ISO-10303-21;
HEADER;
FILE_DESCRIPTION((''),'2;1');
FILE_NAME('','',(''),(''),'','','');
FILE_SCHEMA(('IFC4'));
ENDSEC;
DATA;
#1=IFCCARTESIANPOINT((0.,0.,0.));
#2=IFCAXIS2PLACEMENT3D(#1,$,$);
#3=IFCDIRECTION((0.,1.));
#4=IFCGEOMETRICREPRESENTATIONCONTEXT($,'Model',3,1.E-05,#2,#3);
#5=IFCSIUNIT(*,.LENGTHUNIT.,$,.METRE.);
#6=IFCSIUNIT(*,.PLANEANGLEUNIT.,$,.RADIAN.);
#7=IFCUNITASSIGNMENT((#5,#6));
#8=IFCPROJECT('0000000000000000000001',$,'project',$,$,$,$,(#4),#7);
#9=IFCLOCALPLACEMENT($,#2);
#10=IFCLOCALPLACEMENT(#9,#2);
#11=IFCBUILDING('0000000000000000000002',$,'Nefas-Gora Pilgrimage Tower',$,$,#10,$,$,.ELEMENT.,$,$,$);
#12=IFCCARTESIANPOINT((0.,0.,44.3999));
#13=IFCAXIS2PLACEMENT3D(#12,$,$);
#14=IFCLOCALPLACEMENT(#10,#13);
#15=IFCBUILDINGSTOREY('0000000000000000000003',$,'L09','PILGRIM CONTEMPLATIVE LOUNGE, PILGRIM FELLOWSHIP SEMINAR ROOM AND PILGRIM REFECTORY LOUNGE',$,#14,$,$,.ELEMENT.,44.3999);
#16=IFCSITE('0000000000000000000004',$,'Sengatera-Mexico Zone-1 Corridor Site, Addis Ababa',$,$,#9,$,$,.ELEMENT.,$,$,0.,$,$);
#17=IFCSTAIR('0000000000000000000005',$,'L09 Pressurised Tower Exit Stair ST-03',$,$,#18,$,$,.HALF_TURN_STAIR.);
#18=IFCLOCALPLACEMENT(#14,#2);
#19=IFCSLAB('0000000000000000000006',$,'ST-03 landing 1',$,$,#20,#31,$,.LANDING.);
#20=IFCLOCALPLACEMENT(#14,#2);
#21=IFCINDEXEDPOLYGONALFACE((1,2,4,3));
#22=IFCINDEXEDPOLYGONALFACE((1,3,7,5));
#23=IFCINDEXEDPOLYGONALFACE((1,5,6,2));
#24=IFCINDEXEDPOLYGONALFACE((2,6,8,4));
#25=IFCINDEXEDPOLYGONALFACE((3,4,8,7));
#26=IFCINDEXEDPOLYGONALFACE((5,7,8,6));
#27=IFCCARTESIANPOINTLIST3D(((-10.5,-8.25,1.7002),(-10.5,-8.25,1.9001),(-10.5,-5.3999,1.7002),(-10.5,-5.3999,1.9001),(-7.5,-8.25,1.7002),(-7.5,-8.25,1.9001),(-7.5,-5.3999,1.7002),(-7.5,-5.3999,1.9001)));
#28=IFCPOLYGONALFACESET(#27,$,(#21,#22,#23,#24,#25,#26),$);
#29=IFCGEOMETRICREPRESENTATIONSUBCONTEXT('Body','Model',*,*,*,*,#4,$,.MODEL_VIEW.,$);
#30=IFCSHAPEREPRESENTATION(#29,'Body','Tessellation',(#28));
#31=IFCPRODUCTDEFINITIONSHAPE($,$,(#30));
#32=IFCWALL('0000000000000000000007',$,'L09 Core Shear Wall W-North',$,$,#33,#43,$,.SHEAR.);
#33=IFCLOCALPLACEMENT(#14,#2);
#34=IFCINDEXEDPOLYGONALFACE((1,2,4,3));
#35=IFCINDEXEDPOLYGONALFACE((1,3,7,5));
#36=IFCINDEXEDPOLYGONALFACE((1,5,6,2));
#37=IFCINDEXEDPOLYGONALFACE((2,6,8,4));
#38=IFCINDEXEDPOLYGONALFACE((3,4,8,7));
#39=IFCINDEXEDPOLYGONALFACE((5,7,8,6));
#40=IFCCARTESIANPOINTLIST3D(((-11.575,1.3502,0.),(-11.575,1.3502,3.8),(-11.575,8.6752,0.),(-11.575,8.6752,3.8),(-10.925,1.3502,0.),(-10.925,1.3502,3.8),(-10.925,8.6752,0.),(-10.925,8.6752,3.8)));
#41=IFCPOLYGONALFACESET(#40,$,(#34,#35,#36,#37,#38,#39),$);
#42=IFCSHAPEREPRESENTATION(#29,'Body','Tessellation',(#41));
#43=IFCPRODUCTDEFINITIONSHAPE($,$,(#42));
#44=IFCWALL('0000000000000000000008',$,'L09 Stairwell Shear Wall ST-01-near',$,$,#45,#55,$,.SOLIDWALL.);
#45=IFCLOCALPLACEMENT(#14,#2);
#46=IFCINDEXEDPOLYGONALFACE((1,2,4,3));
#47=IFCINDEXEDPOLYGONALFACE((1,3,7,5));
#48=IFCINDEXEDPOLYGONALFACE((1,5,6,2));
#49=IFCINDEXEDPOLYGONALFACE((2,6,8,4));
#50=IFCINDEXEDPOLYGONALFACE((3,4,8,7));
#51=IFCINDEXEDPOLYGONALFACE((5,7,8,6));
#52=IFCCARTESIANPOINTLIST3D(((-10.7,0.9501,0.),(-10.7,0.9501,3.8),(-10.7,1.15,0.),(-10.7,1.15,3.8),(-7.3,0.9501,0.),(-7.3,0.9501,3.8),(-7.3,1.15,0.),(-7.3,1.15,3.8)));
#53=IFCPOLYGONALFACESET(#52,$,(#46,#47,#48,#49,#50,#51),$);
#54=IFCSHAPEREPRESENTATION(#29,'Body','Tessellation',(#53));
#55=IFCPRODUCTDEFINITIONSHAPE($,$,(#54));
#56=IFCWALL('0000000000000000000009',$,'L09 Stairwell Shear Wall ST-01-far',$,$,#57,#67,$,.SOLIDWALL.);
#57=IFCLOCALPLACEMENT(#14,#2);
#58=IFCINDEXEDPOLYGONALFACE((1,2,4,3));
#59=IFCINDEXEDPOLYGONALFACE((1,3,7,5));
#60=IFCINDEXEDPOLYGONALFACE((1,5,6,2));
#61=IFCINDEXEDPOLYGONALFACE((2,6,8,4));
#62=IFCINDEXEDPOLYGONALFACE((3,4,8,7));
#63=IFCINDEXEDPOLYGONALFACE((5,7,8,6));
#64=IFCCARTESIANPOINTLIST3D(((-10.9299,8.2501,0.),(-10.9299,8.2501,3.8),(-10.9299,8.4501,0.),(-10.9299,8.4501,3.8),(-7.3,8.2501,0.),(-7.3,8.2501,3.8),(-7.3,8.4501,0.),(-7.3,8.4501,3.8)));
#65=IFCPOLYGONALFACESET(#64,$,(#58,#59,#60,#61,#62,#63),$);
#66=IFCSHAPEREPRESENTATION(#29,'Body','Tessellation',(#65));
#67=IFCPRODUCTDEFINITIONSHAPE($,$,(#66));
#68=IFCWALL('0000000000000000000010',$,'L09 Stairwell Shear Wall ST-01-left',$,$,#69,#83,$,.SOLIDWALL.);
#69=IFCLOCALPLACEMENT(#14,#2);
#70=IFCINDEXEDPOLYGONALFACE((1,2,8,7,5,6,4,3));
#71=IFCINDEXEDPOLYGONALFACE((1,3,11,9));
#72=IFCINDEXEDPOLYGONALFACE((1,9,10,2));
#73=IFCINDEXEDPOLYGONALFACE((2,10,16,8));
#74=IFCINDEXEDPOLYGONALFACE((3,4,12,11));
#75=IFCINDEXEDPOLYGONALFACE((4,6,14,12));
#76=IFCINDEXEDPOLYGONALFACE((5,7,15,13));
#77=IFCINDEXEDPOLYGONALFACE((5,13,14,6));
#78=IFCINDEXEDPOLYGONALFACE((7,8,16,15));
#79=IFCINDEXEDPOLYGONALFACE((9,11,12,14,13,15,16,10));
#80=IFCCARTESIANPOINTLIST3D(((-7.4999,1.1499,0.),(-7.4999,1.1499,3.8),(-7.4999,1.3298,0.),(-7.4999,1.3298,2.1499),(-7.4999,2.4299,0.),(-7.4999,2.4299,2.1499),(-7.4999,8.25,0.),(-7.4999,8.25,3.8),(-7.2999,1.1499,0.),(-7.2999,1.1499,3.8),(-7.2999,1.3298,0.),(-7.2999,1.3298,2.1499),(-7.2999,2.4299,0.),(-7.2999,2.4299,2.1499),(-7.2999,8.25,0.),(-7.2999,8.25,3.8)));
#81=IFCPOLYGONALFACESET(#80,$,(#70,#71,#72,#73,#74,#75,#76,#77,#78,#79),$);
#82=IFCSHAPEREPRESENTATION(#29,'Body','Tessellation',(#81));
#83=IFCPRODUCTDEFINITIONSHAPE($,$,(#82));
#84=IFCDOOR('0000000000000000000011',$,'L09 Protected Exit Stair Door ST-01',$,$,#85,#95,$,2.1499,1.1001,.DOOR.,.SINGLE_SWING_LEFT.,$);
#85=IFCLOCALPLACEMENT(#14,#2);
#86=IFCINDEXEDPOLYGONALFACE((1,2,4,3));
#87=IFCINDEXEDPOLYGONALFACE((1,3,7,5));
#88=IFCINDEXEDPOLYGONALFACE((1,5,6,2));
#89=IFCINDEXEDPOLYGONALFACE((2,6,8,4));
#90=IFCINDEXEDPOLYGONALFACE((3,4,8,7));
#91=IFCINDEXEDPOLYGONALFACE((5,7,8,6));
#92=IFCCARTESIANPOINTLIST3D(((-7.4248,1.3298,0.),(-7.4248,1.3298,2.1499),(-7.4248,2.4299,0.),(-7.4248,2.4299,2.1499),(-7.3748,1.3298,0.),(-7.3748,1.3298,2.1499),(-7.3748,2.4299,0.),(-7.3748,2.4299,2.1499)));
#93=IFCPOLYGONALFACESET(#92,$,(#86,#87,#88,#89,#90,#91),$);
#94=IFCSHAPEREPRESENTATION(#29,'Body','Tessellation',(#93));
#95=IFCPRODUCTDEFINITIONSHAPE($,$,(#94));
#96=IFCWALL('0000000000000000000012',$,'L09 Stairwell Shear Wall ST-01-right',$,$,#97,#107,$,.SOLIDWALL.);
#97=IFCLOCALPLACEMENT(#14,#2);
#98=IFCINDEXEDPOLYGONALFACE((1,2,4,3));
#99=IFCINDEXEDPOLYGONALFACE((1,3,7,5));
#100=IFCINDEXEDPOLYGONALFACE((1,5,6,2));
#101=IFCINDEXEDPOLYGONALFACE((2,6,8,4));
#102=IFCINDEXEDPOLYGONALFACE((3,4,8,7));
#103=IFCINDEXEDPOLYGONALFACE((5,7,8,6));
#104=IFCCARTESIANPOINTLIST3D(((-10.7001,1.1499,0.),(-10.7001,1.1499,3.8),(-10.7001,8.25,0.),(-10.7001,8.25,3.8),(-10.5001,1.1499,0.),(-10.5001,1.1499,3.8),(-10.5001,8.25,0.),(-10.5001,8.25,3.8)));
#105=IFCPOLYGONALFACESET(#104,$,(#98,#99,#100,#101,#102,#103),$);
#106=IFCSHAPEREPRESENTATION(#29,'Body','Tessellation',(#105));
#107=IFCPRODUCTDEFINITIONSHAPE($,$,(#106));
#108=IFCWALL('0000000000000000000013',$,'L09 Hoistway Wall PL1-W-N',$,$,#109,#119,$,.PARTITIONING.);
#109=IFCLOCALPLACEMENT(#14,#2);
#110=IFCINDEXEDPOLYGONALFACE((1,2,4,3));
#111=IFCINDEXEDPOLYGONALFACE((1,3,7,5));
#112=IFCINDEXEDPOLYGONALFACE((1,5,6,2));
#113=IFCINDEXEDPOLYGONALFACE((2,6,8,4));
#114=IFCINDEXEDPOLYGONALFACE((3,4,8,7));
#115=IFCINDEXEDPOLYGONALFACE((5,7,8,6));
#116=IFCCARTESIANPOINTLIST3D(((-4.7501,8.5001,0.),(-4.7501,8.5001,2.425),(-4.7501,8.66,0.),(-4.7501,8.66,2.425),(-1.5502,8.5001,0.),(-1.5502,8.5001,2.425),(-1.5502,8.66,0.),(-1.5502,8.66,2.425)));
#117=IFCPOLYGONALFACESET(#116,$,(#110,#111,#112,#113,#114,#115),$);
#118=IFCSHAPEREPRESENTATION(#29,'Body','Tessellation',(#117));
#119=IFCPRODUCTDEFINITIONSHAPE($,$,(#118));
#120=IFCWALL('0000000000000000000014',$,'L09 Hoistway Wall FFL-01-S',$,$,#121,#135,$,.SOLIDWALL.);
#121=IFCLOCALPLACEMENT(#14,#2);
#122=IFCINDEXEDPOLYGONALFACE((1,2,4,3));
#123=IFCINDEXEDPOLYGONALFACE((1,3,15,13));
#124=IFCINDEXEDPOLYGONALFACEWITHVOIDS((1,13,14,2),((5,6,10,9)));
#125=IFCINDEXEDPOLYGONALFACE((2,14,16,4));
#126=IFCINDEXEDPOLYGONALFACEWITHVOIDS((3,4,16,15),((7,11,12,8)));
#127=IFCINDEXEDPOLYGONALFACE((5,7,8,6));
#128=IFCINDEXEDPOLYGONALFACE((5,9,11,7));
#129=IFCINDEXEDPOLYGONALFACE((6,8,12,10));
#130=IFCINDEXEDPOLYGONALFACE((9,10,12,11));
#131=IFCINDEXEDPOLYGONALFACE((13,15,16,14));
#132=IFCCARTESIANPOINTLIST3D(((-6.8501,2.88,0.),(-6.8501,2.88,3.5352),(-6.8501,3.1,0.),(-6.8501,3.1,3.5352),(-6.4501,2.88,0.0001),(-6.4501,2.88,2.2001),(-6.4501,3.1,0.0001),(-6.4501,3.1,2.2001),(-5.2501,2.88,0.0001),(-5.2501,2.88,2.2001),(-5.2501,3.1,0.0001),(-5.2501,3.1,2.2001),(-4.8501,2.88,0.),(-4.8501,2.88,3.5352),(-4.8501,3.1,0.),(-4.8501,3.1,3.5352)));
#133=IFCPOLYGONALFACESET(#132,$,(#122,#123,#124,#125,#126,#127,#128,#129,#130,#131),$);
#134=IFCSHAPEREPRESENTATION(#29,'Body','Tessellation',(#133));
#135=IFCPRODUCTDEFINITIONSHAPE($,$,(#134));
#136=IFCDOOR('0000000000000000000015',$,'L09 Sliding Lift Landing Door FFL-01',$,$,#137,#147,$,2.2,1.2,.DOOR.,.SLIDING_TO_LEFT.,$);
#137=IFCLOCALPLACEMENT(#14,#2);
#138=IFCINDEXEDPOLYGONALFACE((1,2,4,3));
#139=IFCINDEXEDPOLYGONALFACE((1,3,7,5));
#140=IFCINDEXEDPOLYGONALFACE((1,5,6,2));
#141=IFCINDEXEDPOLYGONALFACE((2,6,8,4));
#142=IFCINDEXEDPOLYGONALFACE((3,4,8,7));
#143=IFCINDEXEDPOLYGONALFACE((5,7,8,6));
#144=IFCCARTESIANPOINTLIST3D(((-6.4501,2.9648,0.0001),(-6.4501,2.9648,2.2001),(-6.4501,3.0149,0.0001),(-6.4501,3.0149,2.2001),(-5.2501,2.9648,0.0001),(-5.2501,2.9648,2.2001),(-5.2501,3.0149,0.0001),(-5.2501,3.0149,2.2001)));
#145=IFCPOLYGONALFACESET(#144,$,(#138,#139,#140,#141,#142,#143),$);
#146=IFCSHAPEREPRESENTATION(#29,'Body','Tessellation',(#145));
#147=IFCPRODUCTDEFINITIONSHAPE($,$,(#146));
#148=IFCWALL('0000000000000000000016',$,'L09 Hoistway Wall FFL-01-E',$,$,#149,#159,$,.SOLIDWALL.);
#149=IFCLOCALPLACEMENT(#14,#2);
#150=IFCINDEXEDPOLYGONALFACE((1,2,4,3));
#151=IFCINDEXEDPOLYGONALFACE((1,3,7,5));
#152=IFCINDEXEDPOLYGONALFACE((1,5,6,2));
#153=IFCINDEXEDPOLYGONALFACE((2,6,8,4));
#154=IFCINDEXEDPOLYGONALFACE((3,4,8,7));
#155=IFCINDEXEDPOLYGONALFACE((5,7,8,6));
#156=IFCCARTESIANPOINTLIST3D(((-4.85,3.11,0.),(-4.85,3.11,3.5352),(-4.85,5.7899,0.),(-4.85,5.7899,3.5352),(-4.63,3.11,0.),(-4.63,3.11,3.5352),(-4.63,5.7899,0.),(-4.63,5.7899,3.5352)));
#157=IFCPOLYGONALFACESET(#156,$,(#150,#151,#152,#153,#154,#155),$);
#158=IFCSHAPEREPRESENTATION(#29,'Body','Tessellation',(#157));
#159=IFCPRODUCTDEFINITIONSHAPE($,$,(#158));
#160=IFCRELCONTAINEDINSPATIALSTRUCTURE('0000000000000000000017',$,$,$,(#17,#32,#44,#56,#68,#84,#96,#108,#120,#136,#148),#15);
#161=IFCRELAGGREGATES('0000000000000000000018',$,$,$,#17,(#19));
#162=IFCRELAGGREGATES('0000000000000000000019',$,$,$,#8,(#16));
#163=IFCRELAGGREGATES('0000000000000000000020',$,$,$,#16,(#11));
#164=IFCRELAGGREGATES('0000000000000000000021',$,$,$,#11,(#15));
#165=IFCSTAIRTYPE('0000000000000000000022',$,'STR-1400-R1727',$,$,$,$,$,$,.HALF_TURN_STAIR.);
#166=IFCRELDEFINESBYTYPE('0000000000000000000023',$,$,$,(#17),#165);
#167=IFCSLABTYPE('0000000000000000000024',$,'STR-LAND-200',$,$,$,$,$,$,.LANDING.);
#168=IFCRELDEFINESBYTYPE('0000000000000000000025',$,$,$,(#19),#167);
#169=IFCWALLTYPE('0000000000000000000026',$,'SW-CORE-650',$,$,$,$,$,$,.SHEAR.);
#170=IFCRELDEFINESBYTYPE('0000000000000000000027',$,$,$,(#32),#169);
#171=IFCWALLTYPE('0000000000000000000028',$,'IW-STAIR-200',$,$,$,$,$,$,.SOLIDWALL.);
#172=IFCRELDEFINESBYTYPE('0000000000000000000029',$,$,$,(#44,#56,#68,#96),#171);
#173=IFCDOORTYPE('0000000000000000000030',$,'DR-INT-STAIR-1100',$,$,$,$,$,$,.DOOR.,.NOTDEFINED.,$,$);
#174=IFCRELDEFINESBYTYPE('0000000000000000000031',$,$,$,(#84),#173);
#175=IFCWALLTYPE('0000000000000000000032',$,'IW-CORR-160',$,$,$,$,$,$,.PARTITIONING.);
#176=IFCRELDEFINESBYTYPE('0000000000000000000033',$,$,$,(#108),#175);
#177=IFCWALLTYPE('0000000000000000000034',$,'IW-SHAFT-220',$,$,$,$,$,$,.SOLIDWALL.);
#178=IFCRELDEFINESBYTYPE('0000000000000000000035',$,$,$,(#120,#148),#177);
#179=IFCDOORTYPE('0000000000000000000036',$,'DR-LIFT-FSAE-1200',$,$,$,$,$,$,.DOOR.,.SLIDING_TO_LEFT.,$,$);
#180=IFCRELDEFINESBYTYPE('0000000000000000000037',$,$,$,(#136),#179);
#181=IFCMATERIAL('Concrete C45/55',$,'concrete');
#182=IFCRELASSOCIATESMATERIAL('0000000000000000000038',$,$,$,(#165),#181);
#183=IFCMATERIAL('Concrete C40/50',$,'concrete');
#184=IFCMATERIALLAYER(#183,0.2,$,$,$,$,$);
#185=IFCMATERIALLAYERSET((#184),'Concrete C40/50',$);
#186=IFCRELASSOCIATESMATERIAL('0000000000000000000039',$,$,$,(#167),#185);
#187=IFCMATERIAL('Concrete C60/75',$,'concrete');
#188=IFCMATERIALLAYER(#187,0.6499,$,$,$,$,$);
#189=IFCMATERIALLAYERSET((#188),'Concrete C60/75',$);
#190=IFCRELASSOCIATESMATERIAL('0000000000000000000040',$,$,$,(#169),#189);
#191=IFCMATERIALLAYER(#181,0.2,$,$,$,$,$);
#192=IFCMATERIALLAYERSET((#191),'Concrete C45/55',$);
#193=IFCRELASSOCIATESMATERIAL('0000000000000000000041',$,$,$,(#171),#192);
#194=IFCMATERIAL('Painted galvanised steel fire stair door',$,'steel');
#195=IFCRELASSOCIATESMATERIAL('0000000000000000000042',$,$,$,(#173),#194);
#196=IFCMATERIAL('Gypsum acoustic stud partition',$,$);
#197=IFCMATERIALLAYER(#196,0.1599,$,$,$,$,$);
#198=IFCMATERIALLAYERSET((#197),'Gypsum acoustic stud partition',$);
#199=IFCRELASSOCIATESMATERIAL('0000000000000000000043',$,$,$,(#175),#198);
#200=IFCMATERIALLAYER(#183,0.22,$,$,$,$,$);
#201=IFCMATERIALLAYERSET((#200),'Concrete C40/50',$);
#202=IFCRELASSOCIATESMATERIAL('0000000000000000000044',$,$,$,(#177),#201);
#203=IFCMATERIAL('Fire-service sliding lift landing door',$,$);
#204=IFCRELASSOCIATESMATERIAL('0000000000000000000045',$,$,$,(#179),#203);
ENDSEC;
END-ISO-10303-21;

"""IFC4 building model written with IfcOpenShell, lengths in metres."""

from ifc_helpers import new_model, si_unit, direction, frame, frame_2d, origin, place, context, subcontext, project, spatial, polyline, rectangle, outline, extrude, source, transform, mapped, material, layer, layer_set, type_object, element, fill, aggregate, save


model = new_model("IFC4")

# Units and contexts
model_context = context("Model", 3, precision=1e-05, world=origin(), true_north=direction((0.0, 1.0)))
body_context = subcontext(model_context, "Body", "Model", "MODEL_VIEW")
ifc_project = project(units=[si_unit("LENGTHUNIT", "METRE"), si_unit("PLANEANGLEUNIT", "RADIAN")], contexts=[model_context])

# Site, building, storey
site_placement = place(None, origin())
site = spatial("IfcSite", under=ifc_project, at=site_placement, Name="Sengatera-Mexico Zone-1 Corridor Site, Addis Ababa", CompositionType="ELEMENT", RefElevation=0.0)
building_placement = place(site_placement, origin())
building = spatial("IfcBuilding", under=site, at=building_placement, Name="Nefas-Gora Pilgrimage Tower", CompositionType="ELEMENT")
storey_placement = place(building_placement, frame((0.0, 0.0, 44.3999)))
storey = spatial("IfcBuildingStorey", under=building, at=storey_placement, Name="L09", Description="PILGRIM CONTEMPLATIVE LOUNGE, PILGRIM FELLOWSHIP SEMINAR ROOM AND PILGRIM REFECTORY LOUNGE", CompositionType="ELEMENT", Elevation=44.3999)

# Shared definitions
ifc_material_1 = material(Name="Concrete C40/50", Category="concrete")

# Stair, slab
ifc_material_2 = material(Name="Concrete C45/55", Category="concrete")
stair_type = type_object("IfcStairType", Name="STR-1400-R1727", PredefinedType="HALF_TURN_STAIR", material=ifc_material_2)
ifc_layer_1 = layer(ifc_material_1, 0.2)
ifc_layer_set_1 = layer_set([ifc_layer_1], Name="Concrete C40/50")
slab_type_1 = type_object("IfcSlabType", Name="STR-LAND-200", PredefinedType="LANDING", material=ifc_layer_set_1)
stair_1_placement = place(storey_placement, origin())
stair_1 = element("IfcStair", 1, at=stair_1_placement, inside=storey, type_object=stair_type, Name="L09 Pressurised Tower Exit Stair ST-03", PredefinedType="HALF_TURN_STAIR")
slab_1_placement = place(storey_placement, frame((0.0, 0.0, 1.7002)))
slab_1 = element("IfcSlab", 2, at=slab_1_placement, type_object=slab_type_1, Name="ST-03 landing 1", PredefinedType="LANDING", context=body_context, shape_type="SweptSolid", body=[
    extrude(outline(polyline([(-10.5, -5.3999), (-10.5, -8.25), (-7.5, -8.25), (-7.5, -5.3999), (-10.5, -5.3999)])), origin(), (0.0, 0.0, 1.0), 0.2),
])
aggregate(stair_1, [slab_1])

# Walls
ifc_material_3 = material(Name="Concrete C60/75", Category="concrete")
ifc_layer_2 = layer(ifc_material_3, 0.6499)
ifc_layer_set_2 = layer_set([ifc_layer_2], Name="Concrete C60/75")
wall_type_1 = type_object("IfcWallType", Name="SW-CORE-650", PredefinedType="SHEAR", material=ifc_layer_set_2)
shared_shape_1 = source(origin(), body_context, "Body", "SweptSolid", [
    extrude(rectangle(XDim=7.325, YDim=0.6499, at=frame_2d((3.6626, 0.0))), origin(), (0.0, 0.0, 1.0), 3.8),
])
wall_1_placement = place(storey_placement, frame((-11.25, 1.3501, 0.0), z_axis=(0.0, 0.0, 1.0), x_axis=(0.0, 1.0, 0.0)))
element("IfcWall", 3, at=wall_1_placement, inside=storey, type_object=wall_type_1, Name="L09 Core Shear Wall W-North", PredefinedType="SHEAR", context=body_context, shape_type="MappedRepresentation", body=[
    mapped(shared_shape_1, transform((0.0, 0.0, 0.0), x_axis=(1.0, 0.0, 0.0), y_axis=(0.0, 1.0, 0.0), z_axis=(0.0, 0.0, 1.0), scale=1.0)),
])
ifc_layer_3 = layer(ifc_material_2, 0.2)
ifc_layer_set_3 = layer_set([ifc_layer_3], Name="Concrete C45/55")
wall_type_2 = type_object("IfcWallType", Name="IW-STAIR-200", PredefinedType="SOLIDWALL", material=ifc_layer_set_3)
shared_shape_2 = source(origin(), body_context, "Body", "SweptSolid", [
    extrude(rectangle(XDim=3.3999, YDim=0.2, at=frame_2d((1.7, 0.0))), origin(), (0.0, 0.0, 1.0), 3.8),
])
wall_2_placement = place(storey_placement, frame((-7.3, 1.05, 0.0), z_axis=(0.0, 0.0, 1.0), x_axis=(-1.0, 0.0, 0.0)))
element("IfcWall", 4, at=wall_2_placement, inside=storey, type_object=wall_type_2, Name="L09 Stairwell Shear Wall ST-01-near", PredefinedType="SOLIDWALL", context=body_context, shape_type="MappedRepresentation", body=[
    mapped(shared_shape_2, transform((0.0, 0.0, 0.0), x_axis=(1.0, 0.0, 0.0), y_axis=(0.0, 1.0, 0.0), z_axis=(0.0, 0.0, 1.0), scale=1.0)),
])
shared_shape_3 = source(origin(), body_context, "Body", "SweptSolid", [
    extrude(rectangle(XDim=3.6299, YDim=0.2, at=frame_2d((1.8149, 0.0))), origin(), (0.0, 0.0, 1.0), 3.8),
])
wall_3_placement = place(storey_placement, frame((-7.3, 8.3501, 0.0), z_axis=(0.0, 0.0, 1.0), x_axis=(-1.0, 0.0, 0.0)))
element("IfcWall", 5, at=wall_3_placement, inside=storey, type_object=wall_type_2, Name="L09 Stairwell Shear Wall ST-01-far", PredefinedType="SOLIDWALL", context=body_context, shape_type="MappedRepresentation", body=[
    mapped(shared_shape_3, transform((0.0, 0.0, 0.0), x_axis=(1.0, 0.0, 0.0), y_axis=(0.0, 1.0, 0.0), z_axis=(0.0, 0.0, 1.0), scale=1.0)),
])

# Wall, opening, door
shared_shape_4 = source(origin(), body_context, "Body", "SweptSolid", [
    extrude(rectangle(XDim=7.1001, YDim=0.2, at=frame_2d((3.55, 0.0))), origin(), (0.0, 0.0, 1.0), 3.8),
])
wall_4_placement = place(storey_placement, frame((-7.3999, 1.1499, 0.0), z_axis=(0.0, 0.0, 1.0), x_axis=(0.0, 1.0, 0.0)))
wall_4 = element("IfcWall", 6, at=wall_4_placement, inside=storey, type_object=wall_type_2, Name="L09 Stairwell Shear Wall ST-01-left", PredefinedType="SOLIDWALL", context=body_context, shape_type="MappedRepresentation", body=[
    mapped(shared_shape_4, transform((0.0, 0.0, 0.0), x_axis=(1.0, 0.0, 0.0), y_axis=(0.0, 1.0, 0.0), z_axis=(0.0, 0.0, 1.0), scale=1.0)),
])
opening_1_placement = place(wall_4_placement, frame((0.1799, 0.0, 0.0)))
opening_1 = element("IfcOpeningElement", 7, at=opening_1_placement, cuts=wall_4, PredefinedType="OPENING", context=body_context, shape_type="SweptSolid", body=[
    extrude(rectangle(XDim=1.1001, YDim=2.1499, at=frame_2d((0.55, 1.075))), frame((0.0, 0.1099, 0.0), z_axis=(0.0, -1.0, 0.0), x_axis=(1.0, 0.0, 0.0)), (0.0, 0.0, 1.0), 0.22),
])
ifc_material_4 = material(Name="Painted galvanised steel fire stair door", Category="steel")
door_type_1 = type_object("IfcDoorType", Name="DR-INT-STAIR-1100", OperationType="NOTDEFINED", PredefinedType="DOOR", material=ifc_material_4)
shared_shape_5 = source(origin(), body_context, "Body", "SweptSolid", [
    extrude(rectangle(XDim=1.1001, YDim=2.1499, at=frame_2d((0.55, 1.075))), frame((0.0, 0.0249, 0.0), z_axis=(0.0, -1.0, 0.0), x_axis=(1.0, 0.0, 0.0)), (0.0, 0.0, 1.0), 0.05),
])
door_1_placement = place(opening_1_placement, origin())
door_1 = element("IfcDoor", 8, at=door_1_placement, inside=storey, type_object=door_type_1, Name="L09 Protected Exit Stair Door ST-01", OperationType="SINGLE_SWING_LEFT", OverallHeight=2.1499, OverallWidth=1.1001, PredefinedType="DOOR", context=body_context, shape_type="MappedRepresentation", body=[
    mapped(shared_shape_5, transform((0.0, 0.0, 0.0), x_axis=(1.0, 0.0, 0.0), y_axis=(0.0, 1.0, 0.0), z_axis=(0.0, 0.0, 1.0), scale=1.0)),
])
fill(opening_1, door_1)

# Walls
wall_5_placement = place(storey_placement, frame((-10.6001, 1.1499, 0.0), z_axis=(0.0, 0.0, 1.0), x_axis=(0.0, 1.0, 0.0)))
element("IfcWall", 9, at=wall_5_placement, inside=storey, type_object=wall_type_2, Name="L09 Stairwell Shear Wall ST-01-right", PredefinedType="SOLIDWALL", context=body_context, shape_type="MappedRepresentation", body=[
    mapped(shared_shape_4, transform((0.0, 0.0, 0.0), x_axis=(1.0, 0.0, 0.0), y_axis=(0.0, 1.0, 0.0), z_axis=(0.0, 0.0, 1.0), scale=1.0)),
])
ifc_material_5 = material(Name="Gypsum acoustic stud partition")
ifc_layer_4 = layer(ifc_material_5, 0.1599)
ifc_layer_set_4 = layer_set([ifc_layer_4], Name="Gypsum acoustic stud partition")
wall_type_3 = type_object("IfcWallType", Name="IW-CORR-160", PredefinedType="PARTITIONING", material=ifc_layer_set_4)
shared_shape_6 = source(origin(), body_context, "Body", "SweptSolid", [
    extrude(rectangle(XDim=3.2, YDim=0.1599, at=frame_2d((1.6001, 0.0))), origin(), (0.0, 0.0, 1.0), 2.425),
])
wall_6_placement = place(storey_placement, frame((-1.55, 8.5801, 0.0), z_axis=(0.0, 0.0, 1.0), x_axis=(-1.0, 0.0, 0.0)))
element("IfcWall", 10, at=wall_6_placement, inside=storey, type_object=wall_type_3, Name="L09 Hoistway Wall PL1-W-N", PredefinedType="PARTITIONING", context=body_context, shape_type="MappedRepresentation", body=[
    mapped(shared_shape_6, transform((0.0, 0.0, 0.0), x_axis=(1.0, 0.0, 0.0), y_axis=(0.0, 1.0, 0.0), z_axis=(0.0, 0.0, 1.0), scale=1.0)),
])

# Wall, opening, door
ifc_layer_5 = layer(ifc_material_1, 0.22)
ifc_layer_set_5 = layer_set([ifc_layer_5], Name="Concrete C40/50")
wall_type_4 = type_object("IfcWallType", Name="IW-SHAFT-220", PredefinedType="SOLIDWALL", material=ifc_layer_set_5)
shared_shape_7 = source(origin(), body_context, "Body", "SweptSolid", [
    extrude(rectangle(XDim=2.0, YDim=0.22, at=frame_2d((1.0, 0.0))), origin(), (0.0, 0.0, 1.0), 3.5352),
])
wall_7_placement = place(storey_placement, frame((-6.8501, 2.99, 0.0), z_axis=(0.0, 0.0, 1.0), x_axis=(1.0, 0.0, 0.0)))
wall_7 = element("IfcWall", 11, at=wall_7_placement, inside=storey, type_object=wall_type_4, Name="L09 Hoistway Wall FFL-01-S", PredefinedType="SOLIDWALL", context=body_context, shape_type="MappedRepresentation", body=[
    mapped(shared_shape_7, transform((0.0, 0.0, 0.0), x_axis=(1.0, 0.0, 0.0), y_axis=(0.0, 1.0, 0.0), z_axis=(0.0, 0.0, 1.0), scale=1.0)),
])
opening_2_placement = place(wall_7_placement, frame((0.3999, 0.0, 0.0)))
opening_2 = element("IfcOpeningElement", 12, at=opening_2_placement, cuts=wall_7, PredefinedType="OPENING", context=body_context, shape_type="SweptSolid", body=[
    extrude(rectangle(XDim=1.2, YDim=2.2, at=frame_2d((0.6001, 1.1001))), frame((0.0, 0.1199, 0.0), z_axis=(0.0, -1.0, 0.0), x_axis=(1.0, 0.0, 0.0)), (0.0, 0.0, 1.0), 0.24),
])
ifc_material_6 = material(Name="Fire-service sliding lift landing door")
door_type_2 = type_object("IfcDoorType", Name="DR-LIFT-FSAE-1200", OperationType="SLIDING_TO_LEFT", PredefinedType="DOOR", material=ifc_material_6)
shared_shape_8 = source(origin(), body_context, "Body", "SweptSolid", [
    extrude(rectangle(XDim=1.2, YDim=2.2, at=frame_2d((0.6001, 1.1001))), frame((0.0, 0.0249, 0.0), z_axis=(0.0, -1.0, 0.0), x_axis=(1.0, 0.0, 0.0)), (0.0, 0.0, 1.0), 0.05),
])
door_2_placement = place(opening_2_placement, origin())
door_2 = element("IfcDoor", 13, at=door_2_placement, inside=storey, type_object=door_type_2, Name="L09 Sliding Lift Landing Door FFL-01", OperationType="SLIDING_TO_LEFT", OverallHeight=2.2, OverallWidth=1.2, PredefinedType="DOOR", context=body_context, shape_type="MappedRepresentation", body=[
    mapped(shared_shape_8, transform((0.0, 0.0, 0.0), x_axis=(1.0, 0.0, 0.0), y_axis=(0.0, 1.0, 0.0), z_axis=(0.0, 0.0, 1.0), scale=1.0)),
])
fill(opening_2, door_2)

# Wall
shared_shape_9 = source(origin(), body_context, "Body", "SweptSolid", [
    extrude(rectangle(XDim=2.6799, YDim=0.22, at=frame_2d((1.3398, 0.0))), origin(), (0.0, 0.0, 1.0), 3.5352),
])
wall_8_placement = place(storey_placement, frame((-4.74, 3.1101, 0.0), z_axis=(0.0, 0.0, 1.0), x_axis=(0.0, 1.0, 0.0)))
element("IfcWall", 14, at=wall_8_placement, inside=storey, type_object=wall_type_4, Name="L09 Hoistway Wall FFL-01-E", PredefinedType="SOLIDWALL", context=body_context, shape_type="MappedRepresentation", body=[
    mapped(shared_shape_9, transform((0.0, 0.0, 0.0), x_axis=(1.0, 0.0, 0.0), y_axis=(0.0, 1.0, 0.0), z_axis=(0.0, 0.0, 1.0), scale=1.0)),
])

save(model, "model.ifc")
